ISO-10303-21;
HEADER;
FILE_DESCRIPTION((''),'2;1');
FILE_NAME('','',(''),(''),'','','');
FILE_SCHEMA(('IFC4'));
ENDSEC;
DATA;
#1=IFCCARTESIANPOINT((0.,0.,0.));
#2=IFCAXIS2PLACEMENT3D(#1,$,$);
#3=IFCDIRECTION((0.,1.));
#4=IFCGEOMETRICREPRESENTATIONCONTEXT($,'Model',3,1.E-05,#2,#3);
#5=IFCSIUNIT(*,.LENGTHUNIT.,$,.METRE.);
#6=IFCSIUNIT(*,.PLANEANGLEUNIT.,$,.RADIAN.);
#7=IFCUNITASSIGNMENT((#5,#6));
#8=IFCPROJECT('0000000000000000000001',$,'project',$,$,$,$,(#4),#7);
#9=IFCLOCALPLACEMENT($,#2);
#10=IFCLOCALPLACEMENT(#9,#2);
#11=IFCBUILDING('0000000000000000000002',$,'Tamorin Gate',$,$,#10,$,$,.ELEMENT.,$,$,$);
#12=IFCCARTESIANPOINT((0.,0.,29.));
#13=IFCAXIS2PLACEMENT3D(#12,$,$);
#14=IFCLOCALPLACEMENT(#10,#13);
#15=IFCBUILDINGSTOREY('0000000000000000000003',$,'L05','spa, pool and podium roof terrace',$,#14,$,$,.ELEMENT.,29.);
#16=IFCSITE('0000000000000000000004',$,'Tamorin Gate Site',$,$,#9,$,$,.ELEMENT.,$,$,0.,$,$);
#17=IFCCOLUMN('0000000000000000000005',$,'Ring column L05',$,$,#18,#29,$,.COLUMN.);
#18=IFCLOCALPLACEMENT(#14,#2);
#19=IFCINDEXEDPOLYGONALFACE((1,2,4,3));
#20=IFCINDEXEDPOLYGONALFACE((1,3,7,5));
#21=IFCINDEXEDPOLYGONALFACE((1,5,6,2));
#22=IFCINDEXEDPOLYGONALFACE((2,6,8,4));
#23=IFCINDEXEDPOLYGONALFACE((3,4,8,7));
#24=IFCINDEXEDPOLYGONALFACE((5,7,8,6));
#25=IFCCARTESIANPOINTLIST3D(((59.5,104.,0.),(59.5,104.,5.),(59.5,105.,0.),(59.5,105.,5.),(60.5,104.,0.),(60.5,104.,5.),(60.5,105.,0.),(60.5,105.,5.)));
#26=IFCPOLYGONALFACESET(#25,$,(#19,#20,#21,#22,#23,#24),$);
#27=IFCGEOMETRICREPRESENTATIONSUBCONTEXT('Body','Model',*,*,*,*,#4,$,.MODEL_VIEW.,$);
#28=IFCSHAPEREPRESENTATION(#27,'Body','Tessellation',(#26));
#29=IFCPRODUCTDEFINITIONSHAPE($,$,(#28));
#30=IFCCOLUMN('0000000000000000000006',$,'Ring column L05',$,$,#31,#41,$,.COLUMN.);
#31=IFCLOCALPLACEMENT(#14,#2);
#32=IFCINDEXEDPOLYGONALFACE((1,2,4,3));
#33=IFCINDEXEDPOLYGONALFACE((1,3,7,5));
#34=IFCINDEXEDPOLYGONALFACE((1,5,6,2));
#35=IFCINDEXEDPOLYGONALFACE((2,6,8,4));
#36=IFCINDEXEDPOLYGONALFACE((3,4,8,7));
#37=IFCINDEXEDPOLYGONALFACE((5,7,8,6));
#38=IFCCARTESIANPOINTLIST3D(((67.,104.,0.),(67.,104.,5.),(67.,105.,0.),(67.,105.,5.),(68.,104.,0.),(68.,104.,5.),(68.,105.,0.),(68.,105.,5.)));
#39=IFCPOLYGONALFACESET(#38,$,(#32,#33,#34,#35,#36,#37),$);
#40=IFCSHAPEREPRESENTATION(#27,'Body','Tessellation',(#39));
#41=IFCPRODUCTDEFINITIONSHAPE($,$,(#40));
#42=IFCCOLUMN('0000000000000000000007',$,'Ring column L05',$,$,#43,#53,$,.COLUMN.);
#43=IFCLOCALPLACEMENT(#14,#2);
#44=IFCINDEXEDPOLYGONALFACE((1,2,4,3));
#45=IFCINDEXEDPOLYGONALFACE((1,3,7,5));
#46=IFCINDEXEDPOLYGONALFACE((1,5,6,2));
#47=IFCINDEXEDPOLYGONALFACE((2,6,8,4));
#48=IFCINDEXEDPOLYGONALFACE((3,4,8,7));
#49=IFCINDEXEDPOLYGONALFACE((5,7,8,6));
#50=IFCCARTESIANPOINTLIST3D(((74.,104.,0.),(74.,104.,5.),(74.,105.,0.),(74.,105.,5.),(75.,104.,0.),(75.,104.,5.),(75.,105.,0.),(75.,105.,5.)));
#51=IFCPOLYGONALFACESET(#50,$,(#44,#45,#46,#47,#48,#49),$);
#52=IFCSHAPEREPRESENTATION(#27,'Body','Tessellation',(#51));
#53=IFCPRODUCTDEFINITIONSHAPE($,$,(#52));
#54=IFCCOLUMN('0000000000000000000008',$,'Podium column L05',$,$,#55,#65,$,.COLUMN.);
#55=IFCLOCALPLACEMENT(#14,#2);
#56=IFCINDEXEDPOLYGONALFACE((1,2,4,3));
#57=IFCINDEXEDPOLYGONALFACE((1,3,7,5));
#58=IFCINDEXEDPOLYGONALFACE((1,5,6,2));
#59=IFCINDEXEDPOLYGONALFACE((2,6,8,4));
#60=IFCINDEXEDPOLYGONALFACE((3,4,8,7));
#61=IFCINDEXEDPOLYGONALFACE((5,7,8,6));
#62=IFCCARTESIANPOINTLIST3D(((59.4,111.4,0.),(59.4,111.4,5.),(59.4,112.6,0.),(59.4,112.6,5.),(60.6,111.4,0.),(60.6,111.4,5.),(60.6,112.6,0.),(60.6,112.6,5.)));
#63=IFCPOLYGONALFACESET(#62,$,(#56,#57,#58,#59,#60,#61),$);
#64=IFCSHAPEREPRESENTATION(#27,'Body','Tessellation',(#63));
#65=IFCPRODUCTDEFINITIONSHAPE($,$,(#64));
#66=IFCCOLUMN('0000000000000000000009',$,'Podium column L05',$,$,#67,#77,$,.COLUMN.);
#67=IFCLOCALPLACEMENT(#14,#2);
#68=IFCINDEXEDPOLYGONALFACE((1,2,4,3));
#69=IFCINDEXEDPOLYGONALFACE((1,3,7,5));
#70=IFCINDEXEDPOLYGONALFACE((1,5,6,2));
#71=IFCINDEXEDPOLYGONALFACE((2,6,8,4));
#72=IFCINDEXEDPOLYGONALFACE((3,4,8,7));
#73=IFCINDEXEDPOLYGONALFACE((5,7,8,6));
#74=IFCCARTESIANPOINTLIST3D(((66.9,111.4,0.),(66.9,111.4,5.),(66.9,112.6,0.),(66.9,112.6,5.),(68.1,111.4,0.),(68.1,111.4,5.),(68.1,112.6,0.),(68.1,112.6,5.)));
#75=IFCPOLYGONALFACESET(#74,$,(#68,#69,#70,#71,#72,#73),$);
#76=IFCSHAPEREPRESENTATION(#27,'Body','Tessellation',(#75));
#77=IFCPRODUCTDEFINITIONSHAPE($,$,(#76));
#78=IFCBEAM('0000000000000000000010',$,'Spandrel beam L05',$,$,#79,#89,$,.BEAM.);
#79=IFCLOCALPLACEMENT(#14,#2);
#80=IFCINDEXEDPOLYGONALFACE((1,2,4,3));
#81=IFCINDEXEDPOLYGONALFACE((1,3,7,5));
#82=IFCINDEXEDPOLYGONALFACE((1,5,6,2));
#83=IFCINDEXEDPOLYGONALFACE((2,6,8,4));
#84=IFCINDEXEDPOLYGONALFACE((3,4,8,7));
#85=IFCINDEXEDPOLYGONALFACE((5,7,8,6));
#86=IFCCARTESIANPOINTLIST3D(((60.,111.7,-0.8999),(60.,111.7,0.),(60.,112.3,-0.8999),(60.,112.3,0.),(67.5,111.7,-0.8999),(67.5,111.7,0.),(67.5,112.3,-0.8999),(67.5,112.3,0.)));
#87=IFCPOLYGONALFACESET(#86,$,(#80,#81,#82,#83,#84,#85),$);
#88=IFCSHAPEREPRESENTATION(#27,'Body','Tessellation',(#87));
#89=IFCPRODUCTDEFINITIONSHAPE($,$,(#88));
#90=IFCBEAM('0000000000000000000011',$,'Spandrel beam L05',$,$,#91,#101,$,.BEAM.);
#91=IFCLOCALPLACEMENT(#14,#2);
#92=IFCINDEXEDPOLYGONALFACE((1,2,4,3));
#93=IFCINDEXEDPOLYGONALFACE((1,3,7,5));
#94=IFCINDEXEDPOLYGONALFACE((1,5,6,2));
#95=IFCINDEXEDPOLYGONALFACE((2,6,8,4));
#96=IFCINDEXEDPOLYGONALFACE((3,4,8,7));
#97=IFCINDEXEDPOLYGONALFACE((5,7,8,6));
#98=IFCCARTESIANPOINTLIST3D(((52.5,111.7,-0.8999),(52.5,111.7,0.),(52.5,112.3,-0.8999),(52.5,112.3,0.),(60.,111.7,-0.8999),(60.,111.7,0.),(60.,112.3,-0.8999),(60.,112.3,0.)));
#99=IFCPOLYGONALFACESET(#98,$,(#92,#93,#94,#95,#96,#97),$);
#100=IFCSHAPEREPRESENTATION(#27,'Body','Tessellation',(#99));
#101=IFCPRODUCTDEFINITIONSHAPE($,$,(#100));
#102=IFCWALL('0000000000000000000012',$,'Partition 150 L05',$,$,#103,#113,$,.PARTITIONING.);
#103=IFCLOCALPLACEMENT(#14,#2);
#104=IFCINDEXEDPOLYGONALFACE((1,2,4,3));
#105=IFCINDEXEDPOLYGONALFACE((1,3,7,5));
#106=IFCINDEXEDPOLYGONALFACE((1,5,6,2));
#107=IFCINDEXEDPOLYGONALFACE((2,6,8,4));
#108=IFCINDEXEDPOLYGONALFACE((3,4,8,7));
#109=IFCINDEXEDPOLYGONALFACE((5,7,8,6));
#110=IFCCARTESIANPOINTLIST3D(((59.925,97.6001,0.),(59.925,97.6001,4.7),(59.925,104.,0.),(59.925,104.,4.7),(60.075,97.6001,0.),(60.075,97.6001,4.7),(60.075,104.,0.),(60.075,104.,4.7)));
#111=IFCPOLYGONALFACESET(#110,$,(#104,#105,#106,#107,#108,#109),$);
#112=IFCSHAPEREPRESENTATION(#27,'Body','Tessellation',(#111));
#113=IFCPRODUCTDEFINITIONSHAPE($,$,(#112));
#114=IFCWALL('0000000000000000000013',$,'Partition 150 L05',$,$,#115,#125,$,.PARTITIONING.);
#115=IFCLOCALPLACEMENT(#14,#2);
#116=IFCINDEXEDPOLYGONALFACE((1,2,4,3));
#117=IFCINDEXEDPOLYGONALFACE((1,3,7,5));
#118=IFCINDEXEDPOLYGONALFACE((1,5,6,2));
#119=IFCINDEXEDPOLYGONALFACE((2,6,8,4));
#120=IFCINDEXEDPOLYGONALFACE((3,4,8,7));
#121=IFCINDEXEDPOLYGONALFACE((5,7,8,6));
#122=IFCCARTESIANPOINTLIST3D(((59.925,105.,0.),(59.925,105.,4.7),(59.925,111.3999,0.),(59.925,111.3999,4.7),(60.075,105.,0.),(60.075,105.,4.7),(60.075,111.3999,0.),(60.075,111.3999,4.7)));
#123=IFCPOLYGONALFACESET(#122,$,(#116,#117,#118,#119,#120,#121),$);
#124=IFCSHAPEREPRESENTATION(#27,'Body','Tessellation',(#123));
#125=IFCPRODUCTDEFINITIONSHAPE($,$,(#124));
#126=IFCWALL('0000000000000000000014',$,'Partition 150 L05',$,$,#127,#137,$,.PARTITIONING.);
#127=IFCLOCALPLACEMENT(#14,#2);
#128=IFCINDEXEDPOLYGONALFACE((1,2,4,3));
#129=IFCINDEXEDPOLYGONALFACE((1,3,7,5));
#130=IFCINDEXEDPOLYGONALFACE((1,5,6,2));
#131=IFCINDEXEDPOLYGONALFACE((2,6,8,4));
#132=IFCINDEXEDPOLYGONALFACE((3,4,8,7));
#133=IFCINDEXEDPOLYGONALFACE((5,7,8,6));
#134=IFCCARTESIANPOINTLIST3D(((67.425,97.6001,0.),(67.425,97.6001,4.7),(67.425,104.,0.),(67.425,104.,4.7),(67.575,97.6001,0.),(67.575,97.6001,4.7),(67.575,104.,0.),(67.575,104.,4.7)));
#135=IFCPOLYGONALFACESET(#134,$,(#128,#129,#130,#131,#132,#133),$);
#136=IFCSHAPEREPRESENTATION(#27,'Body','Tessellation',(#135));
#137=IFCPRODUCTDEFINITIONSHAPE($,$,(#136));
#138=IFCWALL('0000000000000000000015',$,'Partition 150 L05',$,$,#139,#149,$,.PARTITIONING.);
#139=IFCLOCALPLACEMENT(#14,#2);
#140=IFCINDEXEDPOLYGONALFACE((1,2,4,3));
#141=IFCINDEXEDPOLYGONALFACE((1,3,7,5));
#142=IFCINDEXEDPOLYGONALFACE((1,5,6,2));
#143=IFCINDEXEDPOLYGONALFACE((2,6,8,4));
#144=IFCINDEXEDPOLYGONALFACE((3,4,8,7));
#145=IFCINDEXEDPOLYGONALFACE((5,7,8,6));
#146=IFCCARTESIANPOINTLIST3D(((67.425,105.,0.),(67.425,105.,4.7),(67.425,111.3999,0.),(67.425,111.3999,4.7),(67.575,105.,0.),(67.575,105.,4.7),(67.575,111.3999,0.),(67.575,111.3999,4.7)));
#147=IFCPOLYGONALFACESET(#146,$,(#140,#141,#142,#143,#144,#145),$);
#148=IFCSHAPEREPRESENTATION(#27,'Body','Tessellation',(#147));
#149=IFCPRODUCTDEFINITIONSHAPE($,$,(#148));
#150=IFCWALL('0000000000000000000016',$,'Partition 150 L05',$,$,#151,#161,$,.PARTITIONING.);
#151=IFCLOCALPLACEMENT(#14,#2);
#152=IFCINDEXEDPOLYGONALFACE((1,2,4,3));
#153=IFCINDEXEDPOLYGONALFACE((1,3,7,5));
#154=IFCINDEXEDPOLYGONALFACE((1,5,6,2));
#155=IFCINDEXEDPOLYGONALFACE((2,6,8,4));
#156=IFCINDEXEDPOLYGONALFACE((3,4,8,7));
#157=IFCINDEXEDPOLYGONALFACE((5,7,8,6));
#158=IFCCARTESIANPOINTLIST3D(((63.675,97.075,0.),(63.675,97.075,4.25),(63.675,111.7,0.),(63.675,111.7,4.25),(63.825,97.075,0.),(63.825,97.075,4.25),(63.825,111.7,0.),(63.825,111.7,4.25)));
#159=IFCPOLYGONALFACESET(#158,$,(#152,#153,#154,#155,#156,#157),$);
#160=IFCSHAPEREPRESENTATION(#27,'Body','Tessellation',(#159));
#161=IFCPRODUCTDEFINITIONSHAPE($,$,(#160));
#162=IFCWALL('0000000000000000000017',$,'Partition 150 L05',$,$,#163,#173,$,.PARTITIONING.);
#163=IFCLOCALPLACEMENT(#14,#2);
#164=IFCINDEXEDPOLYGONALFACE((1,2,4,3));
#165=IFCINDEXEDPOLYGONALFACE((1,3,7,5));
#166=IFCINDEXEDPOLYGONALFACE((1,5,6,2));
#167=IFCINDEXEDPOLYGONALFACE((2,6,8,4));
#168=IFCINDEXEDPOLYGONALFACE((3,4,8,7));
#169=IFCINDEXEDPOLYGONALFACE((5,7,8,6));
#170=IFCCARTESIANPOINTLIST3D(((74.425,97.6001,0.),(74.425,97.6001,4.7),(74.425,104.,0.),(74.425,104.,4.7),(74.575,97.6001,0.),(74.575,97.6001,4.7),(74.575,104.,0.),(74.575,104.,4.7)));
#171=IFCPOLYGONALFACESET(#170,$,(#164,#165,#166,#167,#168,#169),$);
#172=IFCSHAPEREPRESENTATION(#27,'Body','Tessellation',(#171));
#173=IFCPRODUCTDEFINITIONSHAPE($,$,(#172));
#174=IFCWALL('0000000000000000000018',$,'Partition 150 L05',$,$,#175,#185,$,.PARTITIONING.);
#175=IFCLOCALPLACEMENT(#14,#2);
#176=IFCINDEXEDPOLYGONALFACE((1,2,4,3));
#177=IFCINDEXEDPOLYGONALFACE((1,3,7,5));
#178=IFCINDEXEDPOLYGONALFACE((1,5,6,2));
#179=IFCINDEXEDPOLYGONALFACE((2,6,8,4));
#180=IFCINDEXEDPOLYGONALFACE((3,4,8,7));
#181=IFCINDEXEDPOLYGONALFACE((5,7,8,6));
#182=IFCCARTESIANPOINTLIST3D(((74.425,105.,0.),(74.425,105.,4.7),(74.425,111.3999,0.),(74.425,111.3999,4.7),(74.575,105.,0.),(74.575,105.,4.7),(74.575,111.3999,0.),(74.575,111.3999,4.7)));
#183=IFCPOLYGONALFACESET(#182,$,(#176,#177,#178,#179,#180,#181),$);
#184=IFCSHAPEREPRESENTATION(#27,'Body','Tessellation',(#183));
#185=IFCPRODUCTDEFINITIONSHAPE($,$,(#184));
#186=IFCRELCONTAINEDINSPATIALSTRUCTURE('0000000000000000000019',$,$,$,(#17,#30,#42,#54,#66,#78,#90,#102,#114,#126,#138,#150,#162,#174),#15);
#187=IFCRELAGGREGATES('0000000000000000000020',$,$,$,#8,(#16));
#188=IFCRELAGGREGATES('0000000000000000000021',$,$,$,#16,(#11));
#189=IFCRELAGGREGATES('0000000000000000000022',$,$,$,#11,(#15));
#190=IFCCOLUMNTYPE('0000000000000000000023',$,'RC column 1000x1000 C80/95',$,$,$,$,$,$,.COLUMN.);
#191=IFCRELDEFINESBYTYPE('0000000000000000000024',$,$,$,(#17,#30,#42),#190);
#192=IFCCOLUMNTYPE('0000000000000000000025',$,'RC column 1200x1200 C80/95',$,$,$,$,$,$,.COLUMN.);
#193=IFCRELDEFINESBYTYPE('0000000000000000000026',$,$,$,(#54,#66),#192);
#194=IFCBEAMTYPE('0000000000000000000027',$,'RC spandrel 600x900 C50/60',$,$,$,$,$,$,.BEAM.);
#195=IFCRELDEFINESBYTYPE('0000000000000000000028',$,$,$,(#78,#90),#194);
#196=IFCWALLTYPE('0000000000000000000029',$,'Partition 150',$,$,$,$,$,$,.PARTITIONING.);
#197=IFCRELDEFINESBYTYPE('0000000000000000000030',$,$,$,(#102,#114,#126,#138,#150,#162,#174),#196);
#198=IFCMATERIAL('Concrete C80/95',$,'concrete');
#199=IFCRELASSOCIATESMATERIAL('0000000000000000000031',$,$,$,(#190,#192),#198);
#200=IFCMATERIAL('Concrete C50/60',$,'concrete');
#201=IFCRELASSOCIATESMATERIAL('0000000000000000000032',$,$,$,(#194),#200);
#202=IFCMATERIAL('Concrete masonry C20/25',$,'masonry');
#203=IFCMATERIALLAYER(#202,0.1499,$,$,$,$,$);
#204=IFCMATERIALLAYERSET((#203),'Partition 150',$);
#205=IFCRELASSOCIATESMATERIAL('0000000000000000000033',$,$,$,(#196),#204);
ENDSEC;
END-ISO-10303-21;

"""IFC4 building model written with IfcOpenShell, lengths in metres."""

from ifc_helpers import new_model, si_unit, direction, frame, frame_2d, origin, origin_2d, place, context, subcontext, project, spatial, rectangle, extrude, material, layer, layer_set, material_profile, profile_set, type_object, element, save


model = new_model("IFC4")

# Units and contexts
model_context = context("Model", 3, precision=1e-05, world=origin(), true_north=direction((0.0, 1.0)))
body_context = subcontext(model_context, "Body", "Model", "MODEL_VIEW")
ifc_project = project(units=[si_unit("LENGTHUNIT", "METRE"), si_unit("PLANEANGLEUNIT", "RADIAN")], contexts=[model_context])

# Site, building, storey
site_placement = place(None, origin())
site = spatial("IfcSite", under=ifc_project, at=site_placement, Name="Tamorin Gate Site", CompositionType="ELEMENT", RefElevation=0.0)
building_placement = place(site_placement, origin())
building = spatial("IfcBuilding", under=site, at=building_placement, Name="Tamorin Gate", CompositionType="ELEMENT")
storey_placement = place(building_placement, frame((0.0, 0.0, 29.0)))
storey = spatial("IfcBuildingStorey", under=building, at=storey_placement, Name="L05", Description="spa, pool and podium roof terrace", CompositionType="ELEMENT", Elevation=29.0)

# Columns
ifc_material_1 = material(Name="Concrete C80/95", Category="concrete")
ifc_material_profile_1 = material_profile(ifc_material_1, rectangle(XDim=1.0, YDim=1.0, at=origin_2d()), Name="RC 1000x1000")
ifc_profile_set_1 = profile_set([ifc_material_profile_1], Name="Concrete C80/95")
column_type_1 = type_object("IfcColumnType", Name="RC column 1000x1000 C80/95", PredefinedType="COLUMN", material=ifc_profile_set_1)
for number, where, z_axis, x_axis, name in (
    (1, (60.0, 104.5, 0.0), (0.0, 0.0, 1.0), (1.0, 0.0, 0.0), "Ring column L05"),
    (2, (67.5, 104.5, 0.0), (0.0, 0.0, 1.0), (1.0, 0.0, 0.0), "Ring column L05"),
    (3, (74.5, 104.5, 0.0), (0.0, 0.0, 1.0), (1.0, 0.0, 0.0), "Ring column L05"),
):
    element("IfcColumn", number, at=place(storey_placement, frame(where, z_axis=z_axis, x_axis=x_axis)), inside=storey, type_object=column_type_1, Name=name, PredefinedType="COLUMN", context=body_context, shape_type="SweptSolid", body=[
        extrude(rectangle(XDim=1.0, YDim=1.0, at=origin_2d()), origin(), (0.0, 0.0, 1.0), 5.0),
    ])
ifc_material_profile_2 = material_profile(ifc_material_1, rectangle(XDim=1.2, YDim=1.2, at=origin_2d()), Name="RC 1200x1200")
ifc_profile_set_2 = profile_set([ifc_material_profile_2], Name="Concrete C80/95")
column_type_2 = type_object("IfcColumnType", Name="RC column 1200x1200 C80/95", PredefinedType="COLUMN", material=ifc_profile_set_2)
for number, where, z_axis, x_axis, name in (
    (4, (60.0, 112.0, 0.0), (0.0, 0.0, 1.0), (1.0, 0.0, 0.0), "Podium column L05"),
    (5, (67.5, 112.0, 0.0), (0.0, 0.0, 1.0), (1.0, 0.0, 0.0), "Podium column L05"),
):
    element("IfcColumn", number, at=place(storey_placement, frame(where, z_axis=z_axis, x_axis=x_axis)), inside=storey, type_object=column_type_2, Name=name, PredefinedType="COLUMN", context=body_context, shape_type="SweptSolid", body=[
        extrude(rectangle(XDim=1.2, YDim=1.2, at=origin_2d()), origin(), (0.0, 0.0, 1.0), 5.0),
    ])

# Beams
ifc_material_2 = material(Name="Concrete C50/60", Category="concrete")
ifc_material_profile_3 = material_profile(ifc_material_2, rectangle(XDim=0.6001, YDim=0.8999, at=origin_2d()), Name="RC 600x900")
ifc_profile_set_3 = profile_set([ifc_material_profile_3], Name="Concrete C50/60")
beam_type = type_object("IfcBeamType", Name="RC spandrel 600x900 C50/60", PredefinedType="BEAM", material=ifc_profile_set_3)
for number, where, z_axis, x_axis, name in (
    (6, (67.5, 112.0, -0.45), (-1.0, 0.0, 0.0), (0.0, -1.0, 0.0), "Spandrel beam L05"),
    (7, (60.0, 112.0, -0.45), (-1.0, 0.0, 0.0), (0.0, -1.0, 0.0), "Spandrel beam L05"),
):
    element("IfcBeam", number, at=place(storey_placement, frame(where, z_axis=z_axis, x_axis=x_axis)), inside=storey, type_object=beam_type, Name=name, PredefinedType="BEAM", context=body_context, shape_type="SweptSolid", body=[
        extrude(rectangle(XDim=0.6001, YDim=0.8999, at=origin_2d()), origin(), (0.0, 0.0, 1.0), 7.5),
    ])

# Walls
ifc_material_3 = material(Name="Concrete masonry C20/25", Category="masonry")
ifc_layer_1 = layer(ifc_material_3, 0.1499)
ifc_layer_set_1 = layer_set([ifc_layer_1], Name="Partition 150")
wall_type_1 = type_object("IfcWallType", Name="Partition 150", PredefinedType="PARTITIONING", material=ifc_layer_set_1)
for number, where, z_axis, x_axis, name in (
    (8, (60.0, 97.6001, 0.0), (0.0, 0.0, 1.0), (0.0, 1.0, 0.0), "Partition 150 L05"),
    (9, (60.0, 105.0, 0.0), (0.0, 0.0, 1.0), (0.0, 1.0, 0.0), "Partition 150 L05"),
    (10, (67.5, 97.6001, 0.0), (0.0, 0.0, 1.0), (0.0, 1.0, 0.0), "Partition 150 L05"),
    (11, (67.5, 105.0, 0.0), (0.0, 0.0, 1.0), (0.0, 1.0, 0.0), "Partition 150 L05"),
):
    element("IfcWall", number, at=place(storey_placement, frame(where, z_axis=z_axis, x_axis=x_axis)), inside=storey, type_object=wall_type_1, Name=name, PredefinedType="PARTITIONING", context=body_context, shape_type="SweptSolid", body=[
        extrude(rectangle(XDim=6.3999, YDim=0.1499, at=frame_2d((3.2, 0.0))), origin(), (0.0, 0.0, 1.0), 4.7),
    ])
wall_1_placement = place(storey_placement, frame((63.75, 97.075, 0.0), z_axis=(0.0, 0.0, 1.0), x_axis=(0.0, 1.0, 0.0)))
element("IfcWall", 12, at=wall_1_placement, inside=storey, type_object=wall_type_1, Name="Partition 150 L05", PredefinedType="PARTITIONING", context=body_context, shape_type="SweptSolid", body=[
    extrude(rectangle(XDim=14.625, YDim=0.1499, at=frame_2d((7.3125, 0.0))), origin(), (0.0, 0.0, 1.0), 4.25),
])
for number, where, z_axis, x_axis, name in (
    (13, (74.5, 97.6001, 0.0), (0.0, 0.0, 1.0), (0.0, 1.0, 0.0), "Partition 150 L05"),
    (14, (74.5, 105.0, 0.0), (0.0, 0.0, 1.0), (0.0, 1.0, 0.0), "Partition 150 L05"),
):
    element("IfcWall", number, at=place(storey_placement, frame(where, z_axis=z_axis, x_axis=x_axis)), inside=storey, type_object=wall_type_1, Name=name, PredefinedType="PARTITIONING", context=body_context, shape_type="SweptSolid", body=[
        extrude(rectangle(XDim=6.3999, YDim=0.1499, at=frame_2d((3.2, 0.0))), origin(), (0.0, 0.0, 1.0), 4.7),
    ])

save(model, "model.ifc")
